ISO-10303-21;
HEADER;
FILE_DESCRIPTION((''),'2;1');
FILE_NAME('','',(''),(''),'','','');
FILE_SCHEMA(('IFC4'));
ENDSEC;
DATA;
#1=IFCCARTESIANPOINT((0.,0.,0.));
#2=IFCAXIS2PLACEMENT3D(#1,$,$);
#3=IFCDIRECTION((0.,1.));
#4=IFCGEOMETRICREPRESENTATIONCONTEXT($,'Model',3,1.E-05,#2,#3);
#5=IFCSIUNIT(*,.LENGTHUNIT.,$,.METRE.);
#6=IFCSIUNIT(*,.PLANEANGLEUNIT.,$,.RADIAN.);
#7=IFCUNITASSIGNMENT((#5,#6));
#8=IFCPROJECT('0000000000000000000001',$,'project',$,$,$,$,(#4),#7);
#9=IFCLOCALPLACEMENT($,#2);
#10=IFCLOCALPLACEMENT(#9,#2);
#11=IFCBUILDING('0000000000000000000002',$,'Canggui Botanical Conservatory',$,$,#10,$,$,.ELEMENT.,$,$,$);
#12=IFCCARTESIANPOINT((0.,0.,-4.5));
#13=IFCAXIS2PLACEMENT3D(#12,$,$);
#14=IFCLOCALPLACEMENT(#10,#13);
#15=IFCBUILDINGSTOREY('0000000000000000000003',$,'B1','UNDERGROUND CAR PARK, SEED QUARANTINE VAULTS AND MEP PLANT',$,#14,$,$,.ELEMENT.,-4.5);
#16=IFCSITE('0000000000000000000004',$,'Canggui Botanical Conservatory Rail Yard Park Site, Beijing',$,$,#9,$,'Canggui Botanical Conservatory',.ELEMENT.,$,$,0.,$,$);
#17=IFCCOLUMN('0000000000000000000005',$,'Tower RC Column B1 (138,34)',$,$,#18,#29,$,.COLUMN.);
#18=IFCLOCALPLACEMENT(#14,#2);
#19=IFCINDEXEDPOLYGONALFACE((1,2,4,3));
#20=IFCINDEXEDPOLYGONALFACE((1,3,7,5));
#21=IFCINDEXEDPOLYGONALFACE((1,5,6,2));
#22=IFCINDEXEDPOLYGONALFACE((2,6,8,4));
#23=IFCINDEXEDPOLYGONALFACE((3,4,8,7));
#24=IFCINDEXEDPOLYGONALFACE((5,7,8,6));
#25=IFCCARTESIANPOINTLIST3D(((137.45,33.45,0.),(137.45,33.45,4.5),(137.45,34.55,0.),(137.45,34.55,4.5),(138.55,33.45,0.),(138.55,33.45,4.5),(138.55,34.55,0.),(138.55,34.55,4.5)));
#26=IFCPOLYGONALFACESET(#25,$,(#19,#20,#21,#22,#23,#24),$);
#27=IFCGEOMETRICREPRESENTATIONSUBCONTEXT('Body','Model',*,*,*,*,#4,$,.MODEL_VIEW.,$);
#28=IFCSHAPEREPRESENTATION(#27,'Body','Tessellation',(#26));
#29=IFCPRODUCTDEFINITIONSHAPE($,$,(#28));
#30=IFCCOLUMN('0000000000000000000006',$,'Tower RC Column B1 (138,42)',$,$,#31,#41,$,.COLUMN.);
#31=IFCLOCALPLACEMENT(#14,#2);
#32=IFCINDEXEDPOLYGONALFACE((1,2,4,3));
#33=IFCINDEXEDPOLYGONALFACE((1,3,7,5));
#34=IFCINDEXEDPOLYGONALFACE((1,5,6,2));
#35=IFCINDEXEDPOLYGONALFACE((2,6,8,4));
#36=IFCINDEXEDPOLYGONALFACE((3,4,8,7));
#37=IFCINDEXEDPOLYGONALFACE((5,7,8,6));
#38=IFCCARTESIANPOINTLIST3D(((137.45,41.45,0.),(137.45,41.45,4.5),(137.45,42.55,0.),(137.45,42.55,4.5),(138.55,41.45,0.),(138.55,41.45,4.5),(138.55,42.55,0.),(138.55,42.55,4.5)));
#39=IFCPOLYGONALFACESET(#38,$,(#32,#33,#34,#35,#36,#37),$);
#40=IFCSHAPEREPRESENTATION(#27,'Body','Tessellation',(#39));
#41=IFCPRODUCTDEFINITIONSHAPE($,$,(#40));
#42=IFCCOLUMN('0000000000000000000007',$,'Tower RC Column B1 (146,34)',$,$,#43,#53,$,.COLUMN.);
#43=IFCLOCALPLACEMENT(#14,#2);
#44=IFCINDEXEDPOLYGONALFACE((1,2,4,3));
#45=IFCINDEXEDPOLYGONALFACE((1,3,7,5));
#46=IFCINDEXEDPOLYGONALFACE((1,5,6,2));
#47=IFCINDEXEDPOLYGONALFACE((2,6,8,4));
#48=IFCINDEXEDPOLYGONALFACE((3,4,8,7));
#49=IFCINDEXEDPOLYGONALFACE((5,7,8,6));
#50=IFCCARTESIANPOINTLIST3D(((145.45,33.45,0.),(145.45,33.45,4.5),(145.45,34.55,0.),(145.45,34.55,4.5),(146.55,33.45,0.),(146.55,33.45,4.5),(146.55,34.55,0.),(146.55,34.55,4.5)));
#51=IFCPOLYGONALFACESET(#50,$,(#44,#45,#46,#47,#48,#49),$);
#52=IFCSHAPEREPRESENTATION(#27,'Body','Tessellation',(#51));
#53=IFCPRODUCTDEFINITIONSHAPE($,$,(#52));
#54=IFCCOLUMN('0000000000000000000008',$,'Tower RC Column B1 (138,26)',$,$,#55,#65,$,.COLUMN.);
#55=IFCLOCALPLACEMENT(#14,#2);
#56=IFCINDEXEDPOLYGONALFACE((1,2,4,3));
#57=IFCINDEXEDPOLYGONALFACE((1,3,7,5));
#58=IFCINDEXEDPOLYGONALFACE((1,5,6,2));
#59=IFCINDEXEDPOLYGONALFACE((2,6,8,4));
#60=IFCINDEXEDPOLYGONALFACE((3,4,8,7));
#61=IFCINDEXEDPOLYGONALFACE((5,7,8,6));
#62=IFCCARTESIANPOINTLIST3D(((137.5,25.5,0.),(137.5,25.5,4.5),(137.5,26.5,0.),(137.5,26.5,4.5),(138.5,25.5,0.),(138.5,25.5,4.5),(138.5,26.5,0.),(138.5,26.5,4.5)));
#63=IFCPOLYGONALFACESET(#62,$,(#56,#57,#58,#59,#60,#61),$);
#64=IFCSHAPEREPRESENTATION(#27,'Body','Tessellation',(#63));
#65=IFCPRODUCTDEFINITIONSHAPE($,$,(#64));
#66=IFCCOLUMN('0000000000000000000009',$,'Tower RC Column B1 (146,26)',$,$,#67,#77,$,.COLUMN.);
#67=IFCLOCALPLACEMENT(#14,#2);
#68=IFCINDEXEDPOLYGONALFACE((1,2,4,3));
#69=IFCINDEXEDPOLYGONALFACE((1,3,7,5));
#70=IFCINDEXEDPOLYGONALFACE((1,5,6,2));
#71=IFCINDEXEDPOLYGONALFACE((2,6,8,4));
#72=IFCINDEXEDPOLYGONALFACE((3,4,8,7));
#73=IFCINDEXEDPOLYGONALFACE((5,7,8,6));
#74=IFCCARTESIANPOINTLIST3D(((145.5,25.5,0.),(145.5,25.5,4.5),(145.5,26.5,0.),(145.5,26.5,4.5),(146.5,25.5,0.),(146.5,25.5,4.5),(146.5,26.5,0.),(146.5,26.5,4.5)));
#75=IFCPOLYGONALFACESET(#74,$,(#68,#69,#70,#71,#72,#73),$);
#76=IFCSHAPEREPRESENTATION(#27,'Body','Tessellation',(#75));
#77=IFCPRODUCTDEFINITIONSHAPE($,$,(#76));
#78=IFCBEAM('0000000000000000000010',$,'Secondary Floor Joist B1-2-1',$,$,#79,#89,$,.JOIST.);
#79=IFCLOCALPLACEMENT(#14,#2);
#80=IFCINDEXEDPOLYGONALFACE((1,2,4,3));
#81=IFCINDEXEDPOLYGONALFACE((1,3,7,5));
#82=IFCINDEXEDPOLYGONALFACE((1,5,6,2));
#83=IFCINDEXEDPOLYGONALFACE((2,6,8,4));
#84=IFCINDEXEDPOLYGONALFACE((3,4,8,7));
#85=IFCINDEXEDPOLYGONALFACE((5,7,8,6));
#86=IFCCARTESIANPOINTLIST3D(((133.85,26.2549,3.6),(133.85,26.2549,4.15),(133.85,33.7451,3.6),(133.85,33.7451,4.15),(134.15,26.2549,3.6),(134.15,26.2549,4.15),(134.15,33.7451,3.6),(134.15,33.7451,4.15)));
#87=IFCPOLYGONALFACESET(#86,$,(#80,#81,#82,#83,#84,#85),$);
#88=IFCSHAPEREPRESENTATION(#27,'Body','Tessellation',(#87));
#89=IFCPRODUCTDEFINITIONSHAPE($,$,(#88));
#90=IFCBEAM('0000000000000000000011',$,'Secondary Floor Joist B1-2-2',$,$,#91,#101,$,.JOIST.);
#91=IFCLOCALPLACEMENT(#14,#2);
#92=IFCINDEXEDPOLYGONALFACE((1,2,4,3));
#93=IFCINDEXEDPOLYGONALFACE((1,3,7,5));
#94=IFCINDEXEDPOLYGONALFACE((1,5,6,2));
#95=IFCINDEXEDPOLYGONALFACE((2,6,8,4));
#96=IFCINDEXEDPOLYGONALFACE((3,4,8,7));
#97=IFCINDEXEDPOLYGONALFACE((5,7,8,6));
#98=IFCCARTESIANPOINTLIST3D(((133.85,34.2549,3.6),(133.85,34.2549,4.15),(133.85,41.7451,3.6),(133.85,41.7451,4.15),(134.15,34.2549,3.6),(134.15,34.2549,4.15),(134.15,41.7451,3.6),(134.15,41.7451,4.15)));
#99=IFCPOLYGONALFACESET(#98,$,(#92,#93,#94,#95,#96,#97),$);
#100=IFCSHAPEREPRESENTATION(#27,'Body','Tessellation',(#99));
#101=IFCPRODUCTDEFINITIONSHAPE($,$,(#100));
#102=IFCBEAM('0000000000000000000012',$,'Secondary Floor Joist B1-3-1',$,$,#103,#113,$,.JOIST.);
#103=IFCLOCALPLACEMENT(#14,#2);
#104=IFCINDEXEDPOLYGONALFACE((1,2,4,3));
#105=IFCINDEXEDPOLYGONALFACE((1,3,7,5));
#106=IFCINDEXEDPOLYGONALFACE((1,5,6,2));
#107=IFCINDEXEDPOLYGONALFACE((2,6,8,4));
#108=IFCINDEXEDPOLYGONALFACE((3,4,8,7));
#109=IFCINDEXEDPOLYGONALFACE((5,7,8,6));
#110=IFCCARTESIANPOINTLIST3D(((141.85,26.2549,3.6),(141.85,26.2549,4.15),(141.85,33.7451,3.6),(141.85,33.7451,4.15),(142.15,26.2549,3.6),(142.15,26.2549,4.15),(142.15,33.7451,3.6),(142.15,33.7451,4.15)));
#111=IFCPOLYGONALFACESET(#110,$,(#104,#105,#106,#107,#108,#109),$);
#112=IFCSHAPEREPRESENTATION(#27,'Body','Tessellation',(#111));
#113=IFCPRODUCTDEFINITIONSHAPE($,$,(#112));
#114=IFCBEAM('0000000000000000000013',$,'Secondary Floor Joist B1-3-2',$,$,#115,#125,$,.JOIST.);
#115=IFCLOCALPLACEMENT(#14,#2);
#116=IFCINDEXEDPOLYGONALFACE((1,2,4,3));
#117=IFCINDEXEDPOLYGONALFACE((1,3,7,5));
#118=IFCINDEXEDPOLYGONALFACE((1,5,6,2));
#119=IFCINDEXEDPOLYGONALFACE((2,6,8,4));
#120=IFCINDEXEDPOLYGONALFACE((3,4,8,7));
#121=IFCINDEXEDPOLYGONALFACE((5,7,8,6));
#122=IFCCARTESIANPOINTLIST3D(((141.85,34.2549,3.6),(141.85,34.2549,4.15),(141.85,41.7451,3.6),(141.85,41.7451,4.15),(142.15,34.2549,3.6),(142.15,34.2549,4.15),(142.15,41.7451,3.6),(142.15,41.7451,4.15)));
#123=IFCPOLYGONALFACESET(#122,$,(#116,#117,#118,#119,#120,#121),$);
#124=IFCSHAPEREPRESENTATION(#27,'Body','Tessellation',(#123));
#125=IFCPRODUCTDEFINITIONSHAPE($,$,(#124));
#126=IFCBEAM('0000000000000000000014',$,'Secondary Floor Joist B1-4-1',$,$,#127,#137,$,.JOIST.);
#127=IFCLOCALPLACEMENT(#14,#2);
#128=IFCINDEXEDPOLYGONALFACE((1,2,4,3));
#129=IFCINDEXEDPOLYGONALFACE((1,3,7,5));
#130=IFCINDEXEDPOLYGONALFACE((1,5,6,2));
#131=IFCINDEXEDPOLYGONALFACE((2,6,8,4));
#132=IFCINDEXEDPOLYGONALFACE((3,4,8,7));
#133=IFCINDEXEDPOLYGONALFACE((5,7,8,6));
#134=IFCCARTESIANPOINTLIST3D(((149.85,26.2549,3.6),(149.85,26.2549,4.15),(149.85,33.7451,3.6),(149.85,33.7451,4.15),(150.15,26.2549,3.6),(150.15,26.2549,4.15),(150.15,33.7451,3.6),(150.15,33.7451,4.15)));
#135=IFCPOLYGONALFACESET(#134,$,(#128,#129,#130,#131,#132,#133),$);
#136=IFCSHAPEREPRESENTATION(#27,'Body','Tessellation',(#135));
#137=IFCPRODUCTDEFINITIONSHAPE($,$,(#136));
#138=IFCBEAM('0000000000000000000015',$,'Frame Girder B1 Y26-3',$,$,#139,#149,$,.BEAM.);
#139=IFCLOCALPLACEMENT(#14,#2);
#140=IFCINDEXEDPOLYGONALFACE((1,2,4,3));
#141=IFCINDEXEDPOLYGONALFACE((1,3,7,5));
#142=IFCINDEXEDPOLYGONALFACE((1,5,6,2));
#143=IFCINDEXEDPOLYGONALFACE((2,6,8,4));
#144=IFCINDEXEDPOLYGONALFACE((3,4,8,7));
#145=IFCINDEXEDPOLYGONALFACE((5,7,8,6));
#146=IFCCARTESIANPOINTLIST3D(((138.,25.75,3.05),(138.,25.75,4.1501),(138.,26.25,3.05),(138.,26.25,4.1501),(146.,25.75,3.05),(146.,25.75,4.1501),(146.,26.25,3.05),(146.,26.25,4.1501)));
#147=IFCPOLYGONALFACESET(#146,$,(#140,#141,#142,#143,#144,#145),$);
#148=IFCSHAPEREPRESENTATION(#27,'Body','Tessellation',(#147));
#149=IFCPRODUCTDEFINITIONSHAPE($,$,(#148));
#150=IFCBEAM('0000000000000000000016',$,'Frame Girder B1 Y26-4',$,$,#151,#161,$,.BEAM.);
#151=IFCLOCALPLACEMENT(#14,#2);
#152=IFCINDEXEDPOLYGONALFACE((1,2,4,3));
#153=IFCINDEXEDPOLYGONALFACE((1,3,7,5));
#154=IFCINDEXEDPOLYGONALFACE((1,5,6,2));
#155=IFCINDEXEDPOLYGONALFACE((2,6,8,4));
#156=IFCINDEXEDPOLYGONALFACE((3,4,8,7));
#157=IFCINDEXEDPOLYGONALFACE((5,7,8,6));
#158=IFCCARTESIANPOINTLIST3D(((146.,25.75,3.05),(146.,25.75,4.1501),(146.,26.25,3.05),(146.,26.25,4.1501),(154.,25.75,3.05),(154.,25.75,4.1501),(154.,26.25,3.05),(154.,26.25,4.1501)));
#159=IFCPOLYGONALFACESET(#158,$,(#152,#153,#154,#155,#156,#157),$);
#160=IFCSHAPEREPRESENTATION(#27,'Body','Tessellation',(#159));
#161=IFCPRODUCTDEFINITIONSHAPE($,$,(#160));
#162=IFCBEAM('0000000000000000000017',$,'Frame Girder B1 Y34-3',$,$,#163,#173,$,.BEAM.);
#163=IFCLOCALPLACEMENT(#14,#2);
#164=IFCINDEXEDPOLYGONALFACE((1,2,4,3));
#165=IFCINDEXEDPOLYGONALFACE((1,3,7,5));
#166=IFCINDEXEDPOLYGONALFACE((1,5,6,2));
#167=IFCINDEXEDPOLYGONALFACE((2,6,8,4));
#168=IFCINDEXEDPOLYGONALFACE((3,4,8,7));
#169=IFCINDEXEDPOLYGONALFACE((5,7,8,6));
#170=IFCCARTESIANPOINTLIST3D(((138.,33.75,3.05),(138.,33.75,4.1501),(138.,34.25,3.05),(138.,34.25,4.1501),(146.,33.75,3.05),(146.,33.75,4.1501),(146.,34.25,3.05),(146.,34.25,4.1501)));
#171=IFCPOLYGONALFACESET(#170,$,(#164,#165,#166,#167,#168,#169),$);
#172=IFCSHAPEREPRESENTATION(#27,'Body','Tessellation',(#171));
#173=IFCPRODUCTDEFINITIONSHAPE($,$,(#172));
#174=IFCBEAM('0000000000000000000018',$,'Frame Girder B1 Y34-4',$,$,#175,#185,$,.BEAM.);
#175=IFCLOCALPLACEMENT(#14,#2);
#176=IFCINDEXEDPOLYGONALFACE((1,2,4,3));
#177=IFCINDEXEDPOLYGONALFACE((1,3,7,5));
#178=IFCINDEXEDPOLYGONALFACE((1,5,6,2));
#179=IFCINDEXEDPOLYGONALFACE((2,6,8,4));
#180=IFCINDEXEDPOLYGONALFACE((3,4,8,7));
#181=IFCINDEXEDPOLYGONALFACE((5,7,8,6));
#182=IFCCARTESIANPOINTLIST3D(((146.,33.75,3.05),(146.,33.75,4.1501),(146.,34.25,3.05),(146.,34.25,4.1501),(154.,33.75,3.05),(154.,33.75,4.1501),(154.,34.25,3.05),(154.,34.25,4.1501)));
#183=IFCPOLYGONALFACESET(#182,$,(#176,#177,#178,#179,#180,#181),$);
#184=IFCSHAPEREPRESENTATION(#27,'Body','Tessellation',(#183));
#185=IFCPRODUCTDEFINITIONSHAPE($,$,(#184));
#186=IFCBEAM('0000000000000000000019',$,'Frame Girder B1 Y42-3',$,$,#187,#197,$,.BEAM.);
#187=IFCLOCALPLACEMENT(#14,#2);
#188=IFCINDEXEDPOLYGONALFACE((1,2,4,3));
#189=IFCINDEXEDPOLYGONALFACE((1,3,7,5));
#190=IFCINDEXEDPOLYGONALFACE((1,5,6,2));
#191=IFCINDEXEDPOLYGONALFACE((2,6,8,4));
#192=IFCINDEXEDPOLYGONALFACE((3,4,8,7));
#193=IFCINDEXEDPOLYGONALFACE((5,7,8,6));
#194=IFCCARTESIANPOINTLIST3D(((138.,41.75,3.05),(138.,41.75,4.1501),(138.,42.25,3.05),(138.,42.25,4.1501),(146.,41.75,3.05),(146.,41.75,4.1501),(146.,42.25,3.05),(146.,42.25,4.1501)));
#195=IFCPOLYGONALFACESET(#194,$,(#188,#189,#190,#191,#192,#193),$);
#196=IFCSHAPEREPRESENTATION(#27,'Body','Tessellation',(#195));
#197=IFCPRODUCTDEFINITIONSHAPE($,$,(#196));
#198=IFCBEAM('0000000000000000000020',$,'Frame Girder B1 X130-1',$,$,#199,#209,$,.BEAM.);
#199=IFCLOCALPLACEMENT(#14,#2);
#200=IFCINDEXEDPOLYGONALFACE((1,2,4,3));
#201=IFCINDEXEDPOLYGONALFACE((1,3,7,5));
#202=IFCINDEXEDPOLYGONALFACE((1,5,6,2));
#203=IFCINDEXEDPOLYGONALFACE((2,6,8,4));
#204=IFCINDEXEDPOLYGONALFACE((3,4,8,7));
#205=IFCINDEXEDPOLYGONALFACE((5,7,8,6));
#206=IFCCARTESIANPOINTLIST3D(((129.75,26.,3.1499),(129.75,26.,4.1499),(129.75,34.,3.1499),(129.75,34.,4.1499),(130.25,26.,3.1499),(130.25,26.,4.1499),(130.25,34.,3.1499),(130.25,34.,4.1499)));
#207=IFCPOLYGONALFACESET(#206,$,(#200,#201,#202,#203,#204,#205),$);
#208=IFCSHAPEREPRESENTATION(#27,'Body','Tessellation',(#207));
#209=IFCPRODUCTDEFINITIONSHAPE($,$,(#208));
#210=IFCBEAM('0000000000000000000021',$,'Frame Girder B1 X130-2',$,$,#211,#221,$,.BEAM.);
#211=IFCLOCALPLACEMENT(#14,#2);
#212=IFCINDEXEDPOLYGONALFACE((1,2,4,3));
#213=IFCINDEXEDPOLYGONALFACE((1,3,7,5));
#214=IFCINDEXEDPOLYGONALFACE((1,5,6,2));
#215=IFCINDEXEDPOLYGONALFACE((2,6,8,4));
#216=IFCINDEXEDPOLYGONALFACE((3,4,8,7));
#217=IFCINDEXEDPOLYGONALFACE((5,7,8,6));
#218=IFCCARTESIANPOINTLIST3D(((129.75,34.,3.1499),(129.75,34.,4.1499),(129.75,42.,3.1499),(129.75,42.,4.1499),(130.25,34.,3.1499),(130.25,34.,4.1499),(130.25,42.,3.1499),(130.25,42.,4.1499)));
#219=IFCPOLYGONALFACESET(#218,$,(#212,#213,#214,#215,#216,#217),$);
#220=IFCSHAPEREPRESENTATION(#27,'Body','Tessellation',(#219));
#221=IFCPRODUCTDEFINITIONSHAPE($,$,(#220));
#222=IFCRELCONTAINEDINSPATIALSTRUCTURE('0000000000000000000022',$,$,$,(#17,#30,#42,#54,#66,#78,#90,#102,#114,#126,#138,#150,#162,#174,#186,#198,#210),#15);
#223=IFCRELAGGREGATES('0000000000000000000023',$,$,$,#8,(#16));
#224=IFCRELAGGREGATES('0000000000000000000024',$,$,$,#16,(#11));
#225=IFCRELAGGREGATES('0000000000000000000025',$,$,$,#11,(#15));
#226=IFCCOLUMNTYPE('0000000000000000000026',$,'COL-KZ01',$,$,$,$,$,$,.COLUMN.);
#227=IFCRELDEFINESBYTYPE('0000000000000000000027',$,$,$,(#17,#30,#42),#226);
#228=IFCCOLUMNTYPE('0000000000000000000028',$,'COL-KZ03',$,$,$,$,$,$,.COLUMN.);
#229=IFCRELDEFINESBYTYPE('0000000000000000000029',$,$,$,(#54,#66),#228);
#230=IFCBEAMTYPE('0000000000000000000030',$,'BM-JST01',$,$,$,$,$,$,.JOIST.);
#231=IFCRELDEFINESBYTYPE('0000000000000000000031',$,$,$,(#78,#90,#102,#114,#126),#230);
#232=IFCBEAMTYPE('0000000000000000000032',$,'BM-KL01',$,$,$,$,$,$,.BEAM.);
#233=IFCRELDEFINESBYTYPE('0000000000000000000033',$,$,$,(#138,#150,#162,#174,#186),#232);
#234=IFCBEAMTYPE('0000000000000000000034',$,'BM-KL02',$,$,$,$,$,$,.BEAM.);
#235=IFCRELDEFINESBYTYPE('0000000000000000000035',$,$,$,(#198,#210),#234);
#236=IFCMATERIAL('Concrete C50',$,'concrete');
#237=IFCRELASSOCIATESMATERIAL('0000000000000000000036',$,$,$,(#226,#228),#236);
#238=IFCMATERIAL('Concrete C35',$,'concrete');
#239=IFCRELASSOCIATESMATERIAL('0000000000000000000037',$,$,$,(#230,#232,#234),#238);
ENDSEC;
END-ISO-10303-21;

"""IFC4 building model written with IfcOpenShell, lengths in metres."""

from ifc_helpers import new_model, si_unit, direction, frame, origin, origin_2d, place, context, subcontext, project, spatial, rectangle, extrude, material, material_profile, profile_set, type_object, element, save


model = new_model("IFC4")

# Units and contexts
model_context = context("Model", 3, precision=1e-05, world=origin(), true_north=direction((0.0, 1.0)))
body_context = subcontext(model_context, "Body", "Model", "MODEL_VIEW")
ifc_project = project(units=[si_unit("LENGTHUNIT", "METRE"), si_unit("PLANEANGLEUNIT", "RADIAN")], contexts=[model_context])

# Site, building, storey
site_placement = place(None, origin())
site = spatial("IfcSite", under=ifc_project, at=site_placement, Name="Canggui Botanical Conservatory Rail Yard Park Site, Beijing", LongName="Canggui Botanical Conservatory", CompositionType="ELEMENT", RefElevation=0.0)
building_placement = place(site_placement, origin())
building = spatial("IfcBuilding", under=site, at=building_placement, Name="Canggui Botanical Conservatory", CompositionType="ELEMENT")
storey_placement = place(building_placement, frame((0.0, 0.0, -4.5)))
storey = spatial("IfcBuildingStorey", under=building, at=storey_placement, Name="B1", Description="UNDERGROUND CAR PARK, SEED QUARANTINE VAULTS AND MEP PLANT", CompositionType="ELEMENT", Elevation=-4.5)

# Columns
ifc_material_1 = material(Name="Concrete C50", Category="concrete")
ifc_material_profile_1 = material_profile(ifc_material_1, rectangle(XDim=1.1001, YDim=1.1001, at=origin_2d()), Name="RC 1100x1100")
ifc_profile_set_1 = profile_set([ifc_material_profile_1], Name="Concrete C50")
column_type_1 = type_object("IfcColumnType", Name="COL-KZ01", PredefinedType="COLUMN", material=ifc_profile_set_1)
for number, where, z_axis, x_axis, name in (
    (1, (138.0, 34.0, 0.0), (0.0, 0.0, 1.0), (1.0, 0.0, 0.0), "Tower RC Column B1 (138,34)"),
    (2, (138.0, 42.0, 0.0), (0.0, 0.0, 1.0), (1.0, 0.0, 0.0), "Tower RC Column B1 (138,42)"),
    (3, (146.0, 34.0, 0.0), (0.0, 0.0, 1.0), (1.0, 0.0, 0.0), "Tower RC Column B1 (146,34)"),
):
    element("IfcColumn", number, at=place(storey_placement, frame(where, z_axis=z_axis, x_axis=x_axis)), inside=storey, type_object=column_type_1, Name=name, PredefinedType="COLUMN", context=body_context, shape_type="SweptSolid", body=[
        extrude(rectangle(XDim=1.1001, YDim=1.1001, at=origin_2d()), origin(), (0.0, 0.0, 1.0), 4.5),
    ])
ifc_material_profile_2 = material_profile(ifc_material_1, rectangle(XDim=1.0, YDim=1.0, at=origin_2d()), Name="RC 1000x1000")
ifc_profile_set_2 = profile_set([ifc_material_profile_2], Name="Concrete C50")
column_type_2 = type_object("IfcColumnType", Name="COL-KZ03", PredefinedType="COLUMN", material=ifc_profile_set_2)
for number, where, z_axis, x_axis, name in (
    (4, (138.0, 26.0, 0.0), (0.0, 0.0, 1.0), (1.0, 0.0, 0.0), "Tower RC Column B1 (138,26)"),
    (5, (146.0, 26.0, 0.0), (0.0, 0.0, 1.0), (1.0, 0.0, 0.0), "Tower RC Column B1 (146,26)"),
):
    element("IfcColumn", number, at=place(storey_placement, frame(where, z_axis=z_axis, x_axis=x_axis)), inside=storey, type_object=column_type_2, Name=name, PredefinedType="COLUMN", context=body_context, shape_type="SweptSolid", body=[
        extrude(rectangle(XDim=1.0, YDim=1.0, at=origin_2d()), origin(), (0.0, 0.0, 1.0), 4.5),
    ])

# Beams
ifc_material_2 = material(Name="Concrete C35", Category="concrete")
ifc_material_profile_3 = material_profile(ifc_material_2, rectangle(XDim=0.3, YDim=0.55, at=origin_2d()), Name="RB 300x550")
ifc_profile_set_3 = profile_set([ifc_material_profile_3], Name="Concrete C35")
beam_type_1 = type_object("IfcBeamType", Name="BM-JST01", PredefinedType="JOIST", material=ifc_profile_set_3)
for number, where, z_axis, x_axis, name in (
    (6, (134.0, 26.2549, 3.875), (0.0, 1.0, 0.0), (-1.0, 0.0, 0.0), "Secondary Floor Joist B1-2-1"),
    (7, (134.0, 34.2549, 3.875), (0.0, 1.0, 0.0), (-1.0, 0.0, 0.0), "Secondary Floor Joist B1-2-2"),
    (8, (142.0, 26.2549, 3.875), (0.0, 1.0, 0.0), (-1.0, 0.0, 0.0), "Secondary Floor Joist B1-3-1"),
    (9, (142.0, 34.2549, 3.875), (0.0, 1.0, 0.0), (-1.0, 0.0, 0.0), "Secondary Floor Joist B1-3-2"),
    (10, (150.0, 26.2549, 3.875), (0.0, 1.0, 0.0), (-1.0, 0.0, 0.0), "Secondary Floor Joist B1-4-1"),
):
    element("IfcBeam", number, at=place(storey_placement, frame(where, z_axis=z_axis, x_axis=x_axis)), inside=storey, type_object=beam_type_1, Name=name, PredefinedType="JOIST", context=body_context, shape_type="SweptSolid", body=[
        extrude(rectangle(XDim=0.3, YDim=0.55, at=origin_2d()), origin(), (0.0, 0.0, 1.0), 7.4902),
    ])
ifc_material_profile_4 = material_profile(ifc_material_2, rectangle(XDim=0.5, YDim=1.1001, at=origin_2d()), Name="RB 500x1100")
ifc_profile_set_4 = profile_set([ifc_material_profile_4], Name="Concrete C35")
beam_type_2 = type_object("IfcBeamType", Name="BM-KL01", PredefinedType="BEAM", material=ifc_profile_set_4)
for number, where, z_axis, x_axis, name in (
    (11, (138.0, 26.0, 3.6001), (1.0, 0.0, 0.0), (0.0, 1.0, 0.0), "Frame Girder B1 Y26-3"),
    (12, (146.0, 26.0, 3.6001), (1.0, 0.0, 0.0), (0.0, 1.0, 0.0), "Frame Girder B1 Y26-4"),
    (13, (138.0, 34.0, 3.6001), (1.0, 0.0, 0.0), (0.0, 1.0, 0.0), "Frame Girder B1 Y34-3"),
    (14, (146.0, 34.0, 3.6001), (1.0, 0.0, 0.0), (0.0, 1.0, 0.0), "Frame Girder B1 Y34-4"),
    (15, (138.0, 42.0, 3.6001), (1.0, 0.0, 0.0), (0.0, 1.0, 0.0), "Frame Girder B1 Y42-3"),
):
    element("IfcBeam", number, at=place(storey_placement, frame(where, z_axis=z_axis, x_axis=x_axis)), inside=storey, type_object=beam_type_2, Name=name, PredefinedType="BEAM", context=body_context, shape_type="SweptSolid", body=[
        extrude(rectangle(XDim=0.5, YDim=1.1001, at=origin_2d()), origin(), (0.0, 0.0, 1.0), 8.0),
    ])
ifc_material_profile_5 = material_profile(ifc_material_2, rectangle(XDim=0.5, YDim=1.0, at=origin_2d()), Name="RB 500x1000")
ifc_profile_set_5 = profile_set([ifc_material_profile_5], Name="Concrete C35")
beam_type_3 = type_object("IfcBeamType", Name="BM-KL02", PredefinedType="BEAM", material=ifc_profile_set_5)
for number, where, z_axis, x_axis, name in (
    (16, (130.0, 26.0, 3.6499), (0.0, 1.0, 0.0), (-1.0, 0.0, 0.0), "Frame Girder B1 X130-1"),
    (17, (130.0, 34.0, 3.6499), (0.0, 1.0, 0.0), (-1.0, 0.0, 0.0), "Frame Girder B1 X130-2"),
):
    element("IfcBeam", number, at=place(storey_placement, frame(where, z_axis=z_axis, x_axis=x_axis)), inside=storey, type_object=beam_type_3, Name=name, PredefinedType="BEAM", context=body_context, shape_type="SweptSolid", body=[
        extrude(rectangle(XDim=0.5, YDim=1.0, at=origin_2d()), origin(), (0.0, 0.0, 1.0), 8.0),
    ])

save(model, "model.ifc")
